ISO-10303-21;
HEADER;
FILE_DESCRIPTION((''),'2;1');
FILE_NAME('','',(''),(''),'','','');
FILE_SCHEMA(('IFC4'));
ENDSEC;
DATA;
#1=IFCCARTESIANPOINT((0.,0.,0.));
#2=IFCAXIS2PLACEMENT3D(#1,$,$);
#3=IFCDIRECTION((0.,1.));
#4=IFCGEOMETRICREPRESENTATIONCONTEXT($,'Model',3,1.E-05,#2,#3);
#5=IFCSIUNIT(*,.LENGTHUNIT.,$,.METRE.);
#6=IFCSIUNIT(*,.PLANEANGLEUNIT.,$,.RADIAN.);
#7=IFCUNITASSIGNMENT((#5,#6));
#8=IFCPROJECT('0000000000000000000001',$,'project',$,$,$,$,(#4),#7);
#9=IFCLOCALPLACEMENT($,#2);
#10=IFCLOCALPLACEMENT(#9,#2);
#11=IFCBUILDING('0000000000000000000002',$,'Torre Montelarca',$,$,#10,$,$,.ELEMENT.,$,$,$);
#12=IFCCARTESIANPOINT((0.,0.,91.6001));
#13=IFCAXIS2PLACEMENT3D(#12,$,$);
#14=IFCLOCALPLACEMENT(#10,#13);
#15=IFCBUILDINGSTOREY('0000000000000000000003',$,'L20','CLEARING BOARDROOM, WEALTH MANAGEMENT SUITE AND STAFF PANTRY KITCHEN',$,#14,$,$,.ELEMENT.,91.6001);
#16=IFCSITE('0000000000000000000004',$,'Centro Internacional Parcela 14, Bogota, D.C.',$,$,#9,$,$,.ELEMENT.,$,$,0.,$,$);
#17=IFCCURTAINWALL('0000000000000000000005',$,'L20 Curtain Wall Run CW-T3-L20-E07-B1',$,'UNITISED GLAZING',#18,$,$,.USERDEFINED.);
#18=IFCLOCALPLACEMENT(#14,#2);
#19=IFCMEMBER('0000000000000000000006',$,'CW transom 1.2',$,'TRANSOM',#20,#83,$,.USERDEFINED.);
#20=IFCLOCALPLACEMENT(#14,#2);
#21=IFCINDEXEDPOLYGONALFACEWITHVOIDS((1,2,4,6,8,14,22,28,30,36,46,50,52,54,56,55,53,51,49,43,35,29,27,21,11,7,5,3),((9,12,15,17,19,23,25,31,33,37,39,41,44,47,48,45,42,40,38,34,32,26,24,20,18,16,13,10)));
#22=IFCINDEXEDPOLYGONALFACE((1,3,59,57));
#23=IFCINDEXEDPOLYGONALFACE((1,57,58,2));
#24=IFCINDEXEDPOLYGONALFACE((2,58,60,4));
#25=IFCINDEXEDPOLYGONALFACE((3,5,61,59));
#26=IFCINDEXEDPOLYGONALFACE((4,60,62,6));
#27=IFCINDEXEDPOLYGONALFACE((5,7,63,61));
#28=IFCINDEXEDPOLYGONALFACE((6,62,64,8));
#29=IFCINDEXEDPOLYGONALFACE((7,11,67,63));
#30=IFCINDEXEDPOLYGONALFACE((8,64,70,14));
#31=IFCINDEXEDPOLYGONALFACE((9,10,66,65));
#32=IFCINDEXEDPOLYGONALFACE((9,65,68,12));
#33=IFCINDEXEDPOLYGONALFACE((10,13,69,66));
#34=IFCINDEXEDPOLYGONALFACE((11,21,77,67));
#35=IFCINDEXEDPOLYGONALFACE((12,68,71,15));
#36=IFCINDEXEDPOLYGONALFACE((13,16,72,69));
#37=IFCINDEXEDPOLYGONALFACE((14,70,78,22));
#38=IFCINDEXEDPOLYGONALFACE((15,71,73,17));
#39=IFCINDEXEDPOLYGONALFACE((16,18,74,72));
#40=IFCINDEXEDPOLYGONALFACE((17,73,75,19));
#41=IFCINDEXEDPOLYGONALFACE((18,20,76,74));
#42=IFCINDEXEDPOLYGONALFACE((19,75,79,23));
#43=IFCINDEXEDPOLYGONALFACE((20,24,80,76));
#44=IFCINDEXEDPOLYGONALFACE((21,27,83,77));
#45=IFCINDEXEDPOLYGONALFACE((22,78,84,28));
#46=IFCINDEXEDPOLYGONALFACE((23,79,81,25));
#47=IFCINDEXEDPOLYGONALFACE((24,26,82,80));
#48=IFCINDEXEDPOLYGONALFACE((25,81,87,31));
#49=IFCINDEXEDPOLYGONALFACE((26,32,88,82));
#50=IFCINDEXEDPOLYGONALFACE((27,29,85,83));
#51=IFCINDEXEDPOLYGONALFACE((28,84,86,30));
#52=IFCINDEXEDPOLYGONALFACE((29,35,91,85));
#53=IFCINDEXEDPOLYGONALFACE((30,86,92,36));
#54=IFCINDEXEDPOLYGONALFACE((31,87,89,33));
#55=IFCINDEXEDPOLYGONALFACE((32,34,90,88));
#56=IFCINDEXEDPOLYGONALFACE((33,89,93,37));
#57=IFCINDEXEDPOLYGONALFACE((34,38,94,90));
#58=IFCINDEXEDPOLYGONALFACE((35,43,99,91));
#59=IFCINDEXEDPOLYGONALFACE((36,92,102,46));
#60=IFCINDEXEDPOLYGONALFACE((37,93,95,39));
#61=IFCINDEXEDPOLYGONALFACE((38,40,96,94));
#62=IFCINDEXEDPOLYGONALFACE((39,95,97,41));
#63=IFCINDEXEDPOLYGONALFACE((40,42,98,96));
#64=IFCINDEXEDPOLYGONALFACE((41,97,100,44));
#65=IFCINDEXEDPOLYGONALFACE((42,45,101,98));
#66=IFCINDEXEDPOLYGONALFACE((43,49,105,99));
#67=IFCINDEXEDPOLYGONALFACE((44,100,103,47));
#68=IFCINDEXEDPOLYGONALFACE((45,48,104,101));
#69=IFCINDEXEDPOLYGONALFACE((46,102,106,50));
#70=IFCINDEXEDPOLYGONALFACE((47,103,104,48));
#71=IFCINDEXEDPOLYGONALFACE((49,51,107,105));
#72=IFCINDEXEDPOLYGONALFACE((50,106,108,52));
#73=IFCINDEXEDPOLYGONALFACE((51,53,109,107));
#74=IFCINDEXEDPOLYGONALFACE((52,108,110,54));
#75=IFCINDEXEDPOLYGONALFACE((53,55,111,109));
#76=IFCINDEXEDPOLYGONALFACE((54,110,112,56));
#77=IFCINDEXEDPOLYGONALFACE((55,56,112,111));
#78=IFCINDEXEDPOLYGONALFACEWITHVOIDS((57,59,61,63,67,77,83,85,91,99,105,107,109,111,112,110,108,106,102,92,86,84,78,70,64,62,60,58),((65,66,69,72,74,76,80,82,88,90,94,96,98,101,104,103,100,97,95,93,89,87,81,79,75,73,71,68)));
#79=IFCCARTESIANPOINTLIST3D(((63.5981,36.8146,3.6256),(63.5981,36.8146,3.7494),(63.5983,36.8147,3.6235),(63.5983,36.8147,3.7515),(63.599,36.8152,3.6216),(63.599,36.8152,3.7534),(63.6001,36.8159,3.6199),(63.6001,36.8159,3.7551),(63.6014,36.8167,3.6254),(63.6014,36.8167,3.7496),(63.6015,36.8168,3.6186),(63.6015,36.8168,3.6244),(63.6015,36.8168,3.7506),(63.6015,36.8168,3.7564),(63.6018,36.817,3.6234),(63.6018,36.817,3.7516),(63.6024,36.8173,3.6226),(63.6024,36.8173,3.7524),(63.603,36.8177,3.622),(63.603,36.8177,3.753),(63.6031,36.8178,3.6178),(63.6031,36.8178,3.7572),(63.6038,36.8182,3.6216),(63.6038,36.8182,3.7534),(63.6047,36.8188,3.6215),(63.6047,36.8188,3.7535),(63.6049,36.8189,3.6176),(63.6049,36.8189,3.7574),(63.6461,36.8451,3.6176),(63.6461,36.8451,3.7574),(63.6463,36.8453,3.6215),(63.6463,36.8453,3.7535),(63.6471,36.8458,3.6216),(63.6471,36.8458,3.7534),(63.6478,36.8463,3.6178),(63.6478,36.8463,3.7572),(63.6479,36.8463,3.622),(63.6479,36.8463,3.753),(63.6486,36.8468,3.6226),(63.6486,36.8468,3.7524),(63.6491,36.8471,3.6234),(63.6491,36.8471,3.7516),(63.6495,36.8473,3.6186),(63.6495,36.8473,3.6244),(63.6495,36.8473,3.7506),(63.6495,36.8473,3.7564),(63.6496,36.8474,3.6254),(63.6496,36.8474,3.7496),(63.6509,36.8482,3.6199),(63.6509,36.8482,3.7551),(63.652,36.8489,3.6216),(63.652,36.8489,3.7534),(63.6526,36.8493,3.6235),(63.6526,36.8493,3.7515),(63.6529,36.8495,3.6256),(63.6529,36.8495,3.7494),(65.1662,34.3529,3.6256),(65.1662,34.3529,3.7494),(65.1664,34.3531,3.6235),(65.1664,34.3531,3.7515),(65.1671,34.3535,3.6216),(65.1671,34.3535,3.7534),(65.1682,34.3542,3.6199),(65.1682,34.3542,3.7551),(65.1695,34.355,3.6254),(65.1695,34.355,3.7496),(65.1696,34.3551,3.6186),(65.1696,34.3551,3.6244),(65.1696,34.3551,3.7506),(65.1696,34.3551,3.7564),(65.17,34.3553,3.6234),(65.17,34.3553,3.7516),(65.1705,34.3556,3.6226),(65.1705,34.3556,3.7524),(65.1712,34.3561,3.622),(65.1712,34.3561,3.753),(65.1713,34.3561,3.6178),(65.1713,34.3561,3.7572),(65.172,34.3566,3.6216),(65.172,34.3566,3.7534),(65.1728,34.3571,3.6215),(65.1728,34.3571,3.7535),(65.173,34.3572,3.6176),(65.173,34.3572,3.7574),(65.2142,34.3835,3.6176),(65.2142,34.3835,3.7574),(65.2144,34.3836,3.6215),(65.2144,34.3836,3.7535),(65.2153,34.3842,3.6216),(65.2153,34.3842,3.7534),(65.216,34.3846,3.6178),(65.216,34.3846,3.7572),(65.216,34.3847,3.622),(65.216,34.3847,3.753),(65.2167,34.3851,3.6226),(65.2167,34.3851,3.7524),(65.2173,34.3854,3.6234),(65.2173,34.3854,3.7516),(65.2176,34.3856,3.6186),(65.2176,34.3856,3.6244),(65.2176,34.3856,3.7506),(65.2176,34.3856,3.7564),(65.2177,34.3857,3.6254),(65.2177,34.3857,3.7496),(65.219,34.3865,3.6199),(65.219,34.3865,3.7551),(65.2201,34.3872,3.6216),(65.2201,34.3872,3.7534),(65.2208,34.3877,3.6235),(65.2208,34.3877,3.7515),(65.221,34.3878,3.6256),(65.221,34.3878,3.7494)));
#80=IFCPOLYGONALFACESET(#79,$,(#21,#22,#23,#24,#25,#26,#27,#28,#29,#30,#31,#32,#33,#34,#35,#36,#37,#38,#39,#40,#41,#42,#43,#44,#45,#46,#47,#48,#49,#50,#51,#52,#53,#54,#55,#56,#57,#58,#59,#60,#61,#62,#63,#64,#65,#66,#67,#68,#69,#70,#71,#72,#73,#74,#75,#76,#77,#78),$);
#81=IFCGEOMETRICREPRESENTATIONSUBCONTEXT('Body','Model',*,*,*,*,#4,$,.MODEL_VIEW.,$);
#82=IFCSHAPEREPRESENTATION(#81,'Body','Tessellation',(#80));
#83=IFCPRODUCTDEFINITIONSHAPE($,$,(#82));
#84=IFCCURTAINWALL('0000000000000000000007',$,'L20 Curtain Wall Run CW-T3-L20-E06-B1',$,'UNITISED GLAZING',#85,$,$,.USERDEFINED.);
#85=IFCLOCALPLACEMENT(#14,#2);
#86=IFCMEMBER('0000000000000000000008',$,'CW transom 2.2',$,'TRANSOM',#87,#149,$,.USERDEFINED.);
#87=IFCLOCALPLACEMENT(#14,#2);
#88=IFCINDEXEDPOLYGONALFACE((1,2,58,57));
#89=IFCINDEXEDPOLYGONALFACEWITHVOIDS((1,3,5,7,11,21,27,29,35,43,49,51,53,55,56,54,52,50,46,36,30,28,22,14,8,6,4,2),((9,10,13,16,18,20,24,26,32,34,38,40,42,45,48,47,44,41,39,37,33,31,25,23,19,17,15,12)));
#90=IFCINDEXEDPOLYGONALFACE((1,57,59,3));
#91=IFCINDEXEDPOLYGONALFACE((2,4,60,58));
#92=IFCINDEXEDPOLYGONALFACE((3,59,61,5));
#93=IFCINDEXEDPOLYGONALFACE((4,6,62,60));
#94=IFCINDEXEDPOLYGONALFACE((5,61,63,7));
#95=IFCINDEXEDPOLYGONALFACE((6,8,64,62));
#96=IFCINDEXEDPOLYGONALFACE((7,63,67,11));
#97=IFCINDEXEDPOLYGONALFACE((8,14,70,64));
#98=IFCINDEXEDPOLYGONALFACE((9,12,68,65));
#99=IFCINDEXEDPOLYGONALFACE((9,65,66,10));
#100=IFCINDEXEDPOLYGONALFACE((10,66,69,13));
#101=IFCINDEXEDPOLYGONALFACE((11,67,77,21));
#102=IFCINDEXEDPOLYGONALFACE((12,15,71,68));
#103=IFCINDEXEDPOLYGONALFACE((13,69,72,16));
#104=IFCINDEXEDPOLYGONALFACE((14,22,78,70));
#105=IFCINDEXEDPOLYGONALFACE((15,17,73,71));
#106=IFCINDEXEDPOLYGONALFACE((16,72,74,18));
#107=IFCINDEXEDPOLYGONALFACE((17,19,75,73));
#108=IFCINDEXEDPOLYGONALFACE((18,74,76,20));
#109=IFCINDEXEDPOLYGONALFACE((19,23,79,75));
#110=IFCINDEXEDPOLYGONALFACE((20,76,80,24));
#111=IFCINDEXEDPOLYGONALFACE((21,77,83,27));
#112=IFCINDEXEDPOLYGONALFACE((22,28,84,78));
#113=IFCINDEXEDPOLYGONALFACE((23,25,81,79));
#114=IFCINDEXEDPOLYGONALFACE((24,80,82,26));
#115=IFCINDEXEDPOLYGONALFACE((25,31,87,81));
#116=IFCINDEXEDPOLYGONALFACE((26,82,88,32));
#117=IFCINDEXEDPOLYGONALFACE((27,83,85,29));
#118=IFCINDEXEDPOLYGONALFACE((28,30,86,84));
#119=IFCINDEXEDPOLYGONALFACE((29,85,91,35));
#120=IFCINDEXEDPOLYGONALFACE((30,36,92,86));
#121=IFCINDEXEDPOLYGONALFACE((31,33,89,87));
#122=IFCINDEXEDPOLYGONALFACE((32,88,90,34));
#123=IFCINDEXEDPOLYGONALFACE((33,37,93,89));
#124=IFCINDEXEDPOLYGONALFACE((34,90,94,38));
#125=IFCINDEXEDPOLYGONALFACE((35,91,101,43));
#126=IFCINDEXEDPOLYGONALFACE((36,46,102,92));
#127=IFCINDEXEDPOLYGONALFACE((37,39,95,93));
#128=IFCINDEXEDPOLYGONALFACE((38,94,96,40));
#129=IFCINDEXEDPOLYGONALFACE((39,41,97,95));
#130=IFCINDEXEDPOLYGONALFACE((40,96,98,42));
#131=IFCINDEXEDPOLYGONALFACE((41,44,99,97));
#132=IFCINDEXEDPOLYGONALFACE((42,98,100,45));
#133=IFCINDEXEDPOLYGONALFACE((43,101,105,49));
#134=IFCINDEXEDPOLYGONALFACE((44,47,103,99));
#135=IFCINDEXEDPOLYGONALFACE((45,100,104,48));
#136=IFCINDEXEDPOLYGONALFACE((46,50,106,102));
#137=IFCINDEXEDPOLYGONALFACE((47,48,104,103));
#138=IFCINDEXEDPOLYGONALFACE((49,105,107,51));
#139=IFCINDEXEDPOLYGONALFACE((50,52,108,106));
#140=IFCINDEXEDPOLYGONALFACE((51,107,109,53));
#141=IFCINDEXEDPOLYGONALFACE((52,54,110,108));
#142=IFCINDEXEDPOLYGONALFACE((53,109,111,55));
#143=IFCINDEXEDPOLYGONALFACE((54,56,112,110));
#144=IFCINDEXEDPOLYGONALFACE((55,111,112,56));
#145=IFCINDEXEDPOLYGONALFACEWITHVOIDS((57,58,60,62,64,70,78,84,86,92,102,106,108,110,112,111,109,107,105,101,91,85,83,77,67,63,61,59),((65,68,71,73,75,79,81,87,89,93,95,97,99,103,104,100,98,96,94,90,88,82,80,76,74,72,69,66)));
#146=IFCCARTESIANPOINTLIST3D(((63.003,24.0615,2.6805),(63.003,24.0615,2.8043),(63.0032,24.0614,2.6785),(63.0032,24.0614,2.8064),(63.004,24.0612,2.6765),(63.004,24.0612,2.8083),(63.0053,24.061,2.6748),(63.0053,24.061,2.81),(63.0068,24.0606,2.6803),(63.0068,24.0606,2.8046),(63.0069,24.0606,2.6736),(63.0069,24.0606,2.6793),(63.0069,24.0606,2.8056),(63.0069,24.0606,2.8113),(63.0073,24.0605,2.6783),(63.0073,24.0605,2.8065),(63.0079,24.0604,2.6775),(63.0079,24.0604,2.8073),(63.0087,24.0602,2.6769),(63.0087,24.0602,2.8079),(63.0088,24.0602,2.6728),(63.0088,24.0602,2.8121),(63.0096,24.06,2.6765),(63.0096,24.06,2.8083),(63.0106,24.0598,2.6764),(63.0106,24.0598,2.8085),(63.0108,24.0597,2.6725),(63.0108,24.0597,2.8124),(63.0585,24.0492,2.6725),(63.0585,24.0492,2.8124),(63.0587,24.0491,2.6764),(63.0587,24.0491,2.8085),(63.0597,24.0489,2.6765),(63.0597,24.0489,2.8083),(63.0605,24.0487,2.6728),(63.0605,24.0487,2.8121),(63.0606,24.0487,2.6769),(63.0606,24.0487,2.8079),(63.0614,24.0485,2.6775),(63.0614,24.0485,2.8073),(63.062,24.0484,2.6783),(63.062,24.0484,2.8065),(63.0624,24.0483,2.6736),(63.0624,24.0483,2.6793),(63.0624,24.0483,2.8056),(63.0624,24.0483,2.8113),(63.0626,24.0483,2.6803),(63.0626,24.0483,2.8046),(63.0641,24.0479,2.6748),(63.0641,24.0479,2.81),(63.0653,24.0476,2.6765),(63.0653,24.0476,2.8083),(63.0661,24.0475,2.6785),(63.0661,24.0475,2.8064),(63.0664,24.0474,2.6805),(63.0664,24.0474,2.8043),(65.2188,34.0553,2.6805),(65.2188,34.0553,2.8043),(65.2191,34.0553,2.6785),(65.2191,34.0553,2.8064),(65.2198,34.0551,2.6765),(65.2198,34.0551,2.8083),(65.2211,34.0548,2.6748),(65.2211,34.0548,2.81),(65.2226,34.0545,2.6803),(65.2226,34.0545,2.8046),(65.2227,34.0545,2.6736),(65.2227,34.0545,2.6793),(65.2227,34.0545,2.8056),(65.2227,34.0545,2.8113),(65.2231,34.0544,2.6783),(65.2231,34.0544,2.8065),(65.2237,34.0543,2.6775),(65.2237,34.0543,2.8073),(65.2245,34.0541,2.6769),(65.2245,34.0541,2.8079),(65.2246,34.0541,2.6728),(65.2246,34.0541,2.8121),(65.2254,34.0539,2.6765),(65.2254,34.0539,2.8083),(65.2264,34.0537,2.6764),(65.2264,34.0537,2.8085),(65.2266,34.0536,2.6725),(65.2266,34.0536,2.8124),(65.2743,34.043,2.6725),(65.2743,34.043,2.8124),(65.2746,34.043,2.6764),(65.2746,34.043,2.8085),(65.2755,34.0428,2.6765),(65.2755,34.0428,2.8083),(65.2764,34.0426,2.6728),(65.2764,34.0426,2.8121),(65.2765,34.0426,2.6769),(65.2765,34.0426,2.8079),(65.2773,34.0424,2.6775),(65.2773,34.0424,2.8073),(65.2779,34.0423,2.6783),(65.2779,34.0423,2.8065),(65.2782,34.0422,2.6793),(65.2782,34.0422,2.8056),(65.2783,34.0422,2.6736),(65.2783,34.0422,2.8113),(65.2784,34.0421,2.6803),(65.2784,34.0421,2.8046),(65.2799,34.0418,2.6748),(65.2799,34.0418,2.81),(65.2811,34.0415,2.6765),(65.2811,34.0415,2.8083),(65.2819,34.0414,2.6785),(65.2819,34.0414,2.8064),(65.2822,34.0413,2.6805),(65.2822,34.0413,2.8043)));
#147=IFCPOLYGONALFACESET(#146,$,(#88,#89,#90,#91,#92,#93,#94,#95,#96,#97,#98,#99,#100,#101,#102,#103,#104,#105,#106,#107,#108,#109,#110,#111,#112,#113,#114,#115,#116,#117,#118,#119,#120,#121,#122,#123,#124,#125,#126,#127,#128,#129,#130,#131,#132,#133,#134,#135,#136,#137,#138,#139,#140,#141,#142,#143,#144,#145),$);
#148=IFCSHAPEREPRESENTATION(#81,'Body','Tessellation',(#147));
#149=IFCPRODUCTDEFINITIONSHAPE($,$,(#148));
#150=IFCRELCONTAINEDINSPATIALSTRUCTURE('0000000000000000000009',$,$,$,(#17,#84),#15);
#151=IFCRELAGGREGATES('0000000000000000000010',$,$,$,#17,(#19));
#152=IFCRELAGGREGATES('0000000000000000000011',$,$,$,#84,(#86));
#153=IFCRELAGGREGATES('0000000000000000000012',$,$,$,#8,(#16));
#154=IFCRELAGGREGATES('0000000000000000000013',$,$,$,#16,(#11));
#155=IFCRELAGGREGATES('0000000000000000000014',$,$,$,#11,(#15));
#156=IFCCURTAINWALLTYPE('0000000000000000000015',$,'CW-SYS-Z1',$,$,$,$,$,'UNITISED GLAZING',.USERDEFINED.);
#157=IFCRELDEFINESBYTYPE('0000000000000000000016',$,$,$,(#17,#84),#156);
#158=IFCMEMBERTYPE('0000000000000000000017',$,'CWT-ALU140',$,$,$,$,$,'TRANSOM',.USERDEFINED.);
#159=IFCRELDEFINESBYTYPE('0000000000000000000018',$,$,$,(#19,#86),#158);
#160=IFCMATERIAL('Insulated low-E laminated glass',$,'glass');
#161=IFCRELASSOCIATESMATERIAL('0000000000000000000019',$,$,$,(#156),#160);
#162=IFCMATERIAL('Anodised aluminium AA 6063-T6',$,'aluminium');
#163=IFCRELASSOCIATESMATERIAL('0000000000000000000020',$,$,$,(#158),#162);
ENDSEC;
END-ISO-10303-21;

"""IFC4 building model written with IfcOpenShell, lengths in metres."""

from ifc_helpers import new_model, si_unit, direction, frame, origin, origin_2d, place, context, subcontext, project, spatial, hollow_rectangle, extrude, source, transform, mapped, material, material_profile, profile_set, type_object, element, aggregate, save


model = new_model("IFC4")

# Units and contexts
model_context = context("Model", 3, precision=1e-05, world=origin(), true_north=direction((0.0, 1.0)))
body_context = subcontext(model_context, "Body", "Model", "MODEL_VIEW")
ifc_project = project(units=[si_unit("LENGTHUNIT", "METRE"), si_unit("PLANEANGLEUNIT", "RADIAN")], contexts=[model_context])

# Site, building, storey
site_placement = place(None, origin())
site = spatial("IfcSite", under=ifc_project, at=site_placement, Name="Centro Internacional Parcela 14, Bogota, D.C.", CompositionType="ELEMENT", RefElevation=0.0)
building_placement = place(site_placement, origin())
building = spatial("IfcBuilding", under=site, at=building_placement, Name="Torre Montelarca", CompositionType="ELEMENT")
storey_placement = place(building_placement, frame((0.0, 0.0, 91.6001)))
storey = spatial("IfcBuildingStorey", under=building, at=storey_placement, Name="L20", Description="CLEARING BOARDROOM, WEALTH MANAGEMENT SUITE AND STAFF PANTRY KITCHEN", CompositionType="ELEMENT", Elevation=91.6001)

# Curtain wall, member
ifc_material_1 = material(Name="Insulated low-E laminated glass", Category="glass")
curtain_wall_type = type_object("IfcCurtainWallType", Name="CW-SYS-Z1", ElementType="UNITISED GLAZING", PredefinedType="USERDEFINED", material=ifc_material_1)
curtain_wall_1_placement = place(storey_placement, origin())
curtain_wall_1 = element("IfcCurtainWall", 1, at=curtain_wall_1_placement, inside=storey, type_object=curtain_wall_type, Name="L20 Curtain Wall Run CW-T3-L20-E07-B1", ObjectType="UNITISED GLAZING", PredefinedType="USERDEFINED")
ifc_material_2 = material(Name="Anodised aluminium AA 6063-T6", Category="aluminium")
ifc_material_profile_1 = material_profile(ifc_material_2, hollow_rectangle(XDim=0.0649, YDim=0.1399, WallThickness=0.0039, InnerFilletRadius=0.0039, OuterFilletRadius=0.0081, at=origin_2d()), Name="ALU65X140X4", Category="aluminium")
ifc_profile_set_1 = profile_set([ifc_material_profile_1], Name="Anodised aluminium AA 6063-T6")
member_type_1 = type_object("IfcMemberType", Name="CWT-ALU140", ElementType="TRANSOM", PredefinedType="USERDEFINED", material=ifc_profile_set_1)
shared_shape_1 = source(origin(), body_context, "Body", "SweptSolid", [
    extrude(hollow_rectangle(XDim=0.0649, YDim=0.1399, WallThickness=0.0039, InnerFilletRadius=0.0039, OuterFilletRadius=0.0081, at=origin_2d()), origin(), (0.0, 0.0, 1.0), 2.9187),
])
member_1_placement = place(storey_placement, frame((65.1936, 34.3704, 3.6875), z_axis=(-0.537265, 0.843413, 0.0), x_axis=(-0.843413, -0.537265, 0.0)))
member_1 = element("IfcMember", 2, at=member_1_placement, type_object=member_type_1, Name="CW transom 1.2", ObjectType="TRANSOM", PredefinedType="USERDEFINED", context=body_context, shape_type="MappedRepresentation", body=[
    mapped(shared_shape_1, transform((0.0, 0.0, 0.0), scale=1.0)),
])

# Curtain wall, member
curtain_wall_2_placement = place(storey_placement, origin())
curtain_wall_2 = element("IfcCurtainWall", 3, at=curtain_wall_2_placement, inside=storey, type_object=curtain_wall_type, Name="L20 Curtain Wall Run CW-T3-L20-E06-B1", ObjectType="UNITISED GLAZING", PredefinedType="USERDEFINED")
shared_shape_2 = source(origin(), body_context, "Body", "SweptSolid", [
    extrude(hollow_rectangle(XDim=0.0649, YDim=0.1399, WallThickness=0.0039, InnerFilletRadius=0.0039, OuterFilletRadius=0.0081, at=origin_2d()), origin(), (0.0, 0.0, 1.0), 10.2366),
])
member_2_placement = place(storey_placement, frame((63.0347, 24.0544, 2.7424), z_axis=(0.216461, 0.976291, 0.0), x_axis=(-0.976291, 0.216461, 0.0)))
member_2 = element("IfcMember", 4, at=member_2_placement, type_object=member_type_1, Name="CW transom 2.2", ObjectType="TRANSOM", PredefinedType="USERDEFINED", context=body_context, shape_type="MappedRepresentation", body=[
    mapped(shared_shape_2, transform((0.0, 0.0, 0.0), scale=1.0)),
])

aggregate(curtain_wall_1, [member_1])
aggregate(curtain_wall_2, [member_2])

save(model, "model.ifc")
